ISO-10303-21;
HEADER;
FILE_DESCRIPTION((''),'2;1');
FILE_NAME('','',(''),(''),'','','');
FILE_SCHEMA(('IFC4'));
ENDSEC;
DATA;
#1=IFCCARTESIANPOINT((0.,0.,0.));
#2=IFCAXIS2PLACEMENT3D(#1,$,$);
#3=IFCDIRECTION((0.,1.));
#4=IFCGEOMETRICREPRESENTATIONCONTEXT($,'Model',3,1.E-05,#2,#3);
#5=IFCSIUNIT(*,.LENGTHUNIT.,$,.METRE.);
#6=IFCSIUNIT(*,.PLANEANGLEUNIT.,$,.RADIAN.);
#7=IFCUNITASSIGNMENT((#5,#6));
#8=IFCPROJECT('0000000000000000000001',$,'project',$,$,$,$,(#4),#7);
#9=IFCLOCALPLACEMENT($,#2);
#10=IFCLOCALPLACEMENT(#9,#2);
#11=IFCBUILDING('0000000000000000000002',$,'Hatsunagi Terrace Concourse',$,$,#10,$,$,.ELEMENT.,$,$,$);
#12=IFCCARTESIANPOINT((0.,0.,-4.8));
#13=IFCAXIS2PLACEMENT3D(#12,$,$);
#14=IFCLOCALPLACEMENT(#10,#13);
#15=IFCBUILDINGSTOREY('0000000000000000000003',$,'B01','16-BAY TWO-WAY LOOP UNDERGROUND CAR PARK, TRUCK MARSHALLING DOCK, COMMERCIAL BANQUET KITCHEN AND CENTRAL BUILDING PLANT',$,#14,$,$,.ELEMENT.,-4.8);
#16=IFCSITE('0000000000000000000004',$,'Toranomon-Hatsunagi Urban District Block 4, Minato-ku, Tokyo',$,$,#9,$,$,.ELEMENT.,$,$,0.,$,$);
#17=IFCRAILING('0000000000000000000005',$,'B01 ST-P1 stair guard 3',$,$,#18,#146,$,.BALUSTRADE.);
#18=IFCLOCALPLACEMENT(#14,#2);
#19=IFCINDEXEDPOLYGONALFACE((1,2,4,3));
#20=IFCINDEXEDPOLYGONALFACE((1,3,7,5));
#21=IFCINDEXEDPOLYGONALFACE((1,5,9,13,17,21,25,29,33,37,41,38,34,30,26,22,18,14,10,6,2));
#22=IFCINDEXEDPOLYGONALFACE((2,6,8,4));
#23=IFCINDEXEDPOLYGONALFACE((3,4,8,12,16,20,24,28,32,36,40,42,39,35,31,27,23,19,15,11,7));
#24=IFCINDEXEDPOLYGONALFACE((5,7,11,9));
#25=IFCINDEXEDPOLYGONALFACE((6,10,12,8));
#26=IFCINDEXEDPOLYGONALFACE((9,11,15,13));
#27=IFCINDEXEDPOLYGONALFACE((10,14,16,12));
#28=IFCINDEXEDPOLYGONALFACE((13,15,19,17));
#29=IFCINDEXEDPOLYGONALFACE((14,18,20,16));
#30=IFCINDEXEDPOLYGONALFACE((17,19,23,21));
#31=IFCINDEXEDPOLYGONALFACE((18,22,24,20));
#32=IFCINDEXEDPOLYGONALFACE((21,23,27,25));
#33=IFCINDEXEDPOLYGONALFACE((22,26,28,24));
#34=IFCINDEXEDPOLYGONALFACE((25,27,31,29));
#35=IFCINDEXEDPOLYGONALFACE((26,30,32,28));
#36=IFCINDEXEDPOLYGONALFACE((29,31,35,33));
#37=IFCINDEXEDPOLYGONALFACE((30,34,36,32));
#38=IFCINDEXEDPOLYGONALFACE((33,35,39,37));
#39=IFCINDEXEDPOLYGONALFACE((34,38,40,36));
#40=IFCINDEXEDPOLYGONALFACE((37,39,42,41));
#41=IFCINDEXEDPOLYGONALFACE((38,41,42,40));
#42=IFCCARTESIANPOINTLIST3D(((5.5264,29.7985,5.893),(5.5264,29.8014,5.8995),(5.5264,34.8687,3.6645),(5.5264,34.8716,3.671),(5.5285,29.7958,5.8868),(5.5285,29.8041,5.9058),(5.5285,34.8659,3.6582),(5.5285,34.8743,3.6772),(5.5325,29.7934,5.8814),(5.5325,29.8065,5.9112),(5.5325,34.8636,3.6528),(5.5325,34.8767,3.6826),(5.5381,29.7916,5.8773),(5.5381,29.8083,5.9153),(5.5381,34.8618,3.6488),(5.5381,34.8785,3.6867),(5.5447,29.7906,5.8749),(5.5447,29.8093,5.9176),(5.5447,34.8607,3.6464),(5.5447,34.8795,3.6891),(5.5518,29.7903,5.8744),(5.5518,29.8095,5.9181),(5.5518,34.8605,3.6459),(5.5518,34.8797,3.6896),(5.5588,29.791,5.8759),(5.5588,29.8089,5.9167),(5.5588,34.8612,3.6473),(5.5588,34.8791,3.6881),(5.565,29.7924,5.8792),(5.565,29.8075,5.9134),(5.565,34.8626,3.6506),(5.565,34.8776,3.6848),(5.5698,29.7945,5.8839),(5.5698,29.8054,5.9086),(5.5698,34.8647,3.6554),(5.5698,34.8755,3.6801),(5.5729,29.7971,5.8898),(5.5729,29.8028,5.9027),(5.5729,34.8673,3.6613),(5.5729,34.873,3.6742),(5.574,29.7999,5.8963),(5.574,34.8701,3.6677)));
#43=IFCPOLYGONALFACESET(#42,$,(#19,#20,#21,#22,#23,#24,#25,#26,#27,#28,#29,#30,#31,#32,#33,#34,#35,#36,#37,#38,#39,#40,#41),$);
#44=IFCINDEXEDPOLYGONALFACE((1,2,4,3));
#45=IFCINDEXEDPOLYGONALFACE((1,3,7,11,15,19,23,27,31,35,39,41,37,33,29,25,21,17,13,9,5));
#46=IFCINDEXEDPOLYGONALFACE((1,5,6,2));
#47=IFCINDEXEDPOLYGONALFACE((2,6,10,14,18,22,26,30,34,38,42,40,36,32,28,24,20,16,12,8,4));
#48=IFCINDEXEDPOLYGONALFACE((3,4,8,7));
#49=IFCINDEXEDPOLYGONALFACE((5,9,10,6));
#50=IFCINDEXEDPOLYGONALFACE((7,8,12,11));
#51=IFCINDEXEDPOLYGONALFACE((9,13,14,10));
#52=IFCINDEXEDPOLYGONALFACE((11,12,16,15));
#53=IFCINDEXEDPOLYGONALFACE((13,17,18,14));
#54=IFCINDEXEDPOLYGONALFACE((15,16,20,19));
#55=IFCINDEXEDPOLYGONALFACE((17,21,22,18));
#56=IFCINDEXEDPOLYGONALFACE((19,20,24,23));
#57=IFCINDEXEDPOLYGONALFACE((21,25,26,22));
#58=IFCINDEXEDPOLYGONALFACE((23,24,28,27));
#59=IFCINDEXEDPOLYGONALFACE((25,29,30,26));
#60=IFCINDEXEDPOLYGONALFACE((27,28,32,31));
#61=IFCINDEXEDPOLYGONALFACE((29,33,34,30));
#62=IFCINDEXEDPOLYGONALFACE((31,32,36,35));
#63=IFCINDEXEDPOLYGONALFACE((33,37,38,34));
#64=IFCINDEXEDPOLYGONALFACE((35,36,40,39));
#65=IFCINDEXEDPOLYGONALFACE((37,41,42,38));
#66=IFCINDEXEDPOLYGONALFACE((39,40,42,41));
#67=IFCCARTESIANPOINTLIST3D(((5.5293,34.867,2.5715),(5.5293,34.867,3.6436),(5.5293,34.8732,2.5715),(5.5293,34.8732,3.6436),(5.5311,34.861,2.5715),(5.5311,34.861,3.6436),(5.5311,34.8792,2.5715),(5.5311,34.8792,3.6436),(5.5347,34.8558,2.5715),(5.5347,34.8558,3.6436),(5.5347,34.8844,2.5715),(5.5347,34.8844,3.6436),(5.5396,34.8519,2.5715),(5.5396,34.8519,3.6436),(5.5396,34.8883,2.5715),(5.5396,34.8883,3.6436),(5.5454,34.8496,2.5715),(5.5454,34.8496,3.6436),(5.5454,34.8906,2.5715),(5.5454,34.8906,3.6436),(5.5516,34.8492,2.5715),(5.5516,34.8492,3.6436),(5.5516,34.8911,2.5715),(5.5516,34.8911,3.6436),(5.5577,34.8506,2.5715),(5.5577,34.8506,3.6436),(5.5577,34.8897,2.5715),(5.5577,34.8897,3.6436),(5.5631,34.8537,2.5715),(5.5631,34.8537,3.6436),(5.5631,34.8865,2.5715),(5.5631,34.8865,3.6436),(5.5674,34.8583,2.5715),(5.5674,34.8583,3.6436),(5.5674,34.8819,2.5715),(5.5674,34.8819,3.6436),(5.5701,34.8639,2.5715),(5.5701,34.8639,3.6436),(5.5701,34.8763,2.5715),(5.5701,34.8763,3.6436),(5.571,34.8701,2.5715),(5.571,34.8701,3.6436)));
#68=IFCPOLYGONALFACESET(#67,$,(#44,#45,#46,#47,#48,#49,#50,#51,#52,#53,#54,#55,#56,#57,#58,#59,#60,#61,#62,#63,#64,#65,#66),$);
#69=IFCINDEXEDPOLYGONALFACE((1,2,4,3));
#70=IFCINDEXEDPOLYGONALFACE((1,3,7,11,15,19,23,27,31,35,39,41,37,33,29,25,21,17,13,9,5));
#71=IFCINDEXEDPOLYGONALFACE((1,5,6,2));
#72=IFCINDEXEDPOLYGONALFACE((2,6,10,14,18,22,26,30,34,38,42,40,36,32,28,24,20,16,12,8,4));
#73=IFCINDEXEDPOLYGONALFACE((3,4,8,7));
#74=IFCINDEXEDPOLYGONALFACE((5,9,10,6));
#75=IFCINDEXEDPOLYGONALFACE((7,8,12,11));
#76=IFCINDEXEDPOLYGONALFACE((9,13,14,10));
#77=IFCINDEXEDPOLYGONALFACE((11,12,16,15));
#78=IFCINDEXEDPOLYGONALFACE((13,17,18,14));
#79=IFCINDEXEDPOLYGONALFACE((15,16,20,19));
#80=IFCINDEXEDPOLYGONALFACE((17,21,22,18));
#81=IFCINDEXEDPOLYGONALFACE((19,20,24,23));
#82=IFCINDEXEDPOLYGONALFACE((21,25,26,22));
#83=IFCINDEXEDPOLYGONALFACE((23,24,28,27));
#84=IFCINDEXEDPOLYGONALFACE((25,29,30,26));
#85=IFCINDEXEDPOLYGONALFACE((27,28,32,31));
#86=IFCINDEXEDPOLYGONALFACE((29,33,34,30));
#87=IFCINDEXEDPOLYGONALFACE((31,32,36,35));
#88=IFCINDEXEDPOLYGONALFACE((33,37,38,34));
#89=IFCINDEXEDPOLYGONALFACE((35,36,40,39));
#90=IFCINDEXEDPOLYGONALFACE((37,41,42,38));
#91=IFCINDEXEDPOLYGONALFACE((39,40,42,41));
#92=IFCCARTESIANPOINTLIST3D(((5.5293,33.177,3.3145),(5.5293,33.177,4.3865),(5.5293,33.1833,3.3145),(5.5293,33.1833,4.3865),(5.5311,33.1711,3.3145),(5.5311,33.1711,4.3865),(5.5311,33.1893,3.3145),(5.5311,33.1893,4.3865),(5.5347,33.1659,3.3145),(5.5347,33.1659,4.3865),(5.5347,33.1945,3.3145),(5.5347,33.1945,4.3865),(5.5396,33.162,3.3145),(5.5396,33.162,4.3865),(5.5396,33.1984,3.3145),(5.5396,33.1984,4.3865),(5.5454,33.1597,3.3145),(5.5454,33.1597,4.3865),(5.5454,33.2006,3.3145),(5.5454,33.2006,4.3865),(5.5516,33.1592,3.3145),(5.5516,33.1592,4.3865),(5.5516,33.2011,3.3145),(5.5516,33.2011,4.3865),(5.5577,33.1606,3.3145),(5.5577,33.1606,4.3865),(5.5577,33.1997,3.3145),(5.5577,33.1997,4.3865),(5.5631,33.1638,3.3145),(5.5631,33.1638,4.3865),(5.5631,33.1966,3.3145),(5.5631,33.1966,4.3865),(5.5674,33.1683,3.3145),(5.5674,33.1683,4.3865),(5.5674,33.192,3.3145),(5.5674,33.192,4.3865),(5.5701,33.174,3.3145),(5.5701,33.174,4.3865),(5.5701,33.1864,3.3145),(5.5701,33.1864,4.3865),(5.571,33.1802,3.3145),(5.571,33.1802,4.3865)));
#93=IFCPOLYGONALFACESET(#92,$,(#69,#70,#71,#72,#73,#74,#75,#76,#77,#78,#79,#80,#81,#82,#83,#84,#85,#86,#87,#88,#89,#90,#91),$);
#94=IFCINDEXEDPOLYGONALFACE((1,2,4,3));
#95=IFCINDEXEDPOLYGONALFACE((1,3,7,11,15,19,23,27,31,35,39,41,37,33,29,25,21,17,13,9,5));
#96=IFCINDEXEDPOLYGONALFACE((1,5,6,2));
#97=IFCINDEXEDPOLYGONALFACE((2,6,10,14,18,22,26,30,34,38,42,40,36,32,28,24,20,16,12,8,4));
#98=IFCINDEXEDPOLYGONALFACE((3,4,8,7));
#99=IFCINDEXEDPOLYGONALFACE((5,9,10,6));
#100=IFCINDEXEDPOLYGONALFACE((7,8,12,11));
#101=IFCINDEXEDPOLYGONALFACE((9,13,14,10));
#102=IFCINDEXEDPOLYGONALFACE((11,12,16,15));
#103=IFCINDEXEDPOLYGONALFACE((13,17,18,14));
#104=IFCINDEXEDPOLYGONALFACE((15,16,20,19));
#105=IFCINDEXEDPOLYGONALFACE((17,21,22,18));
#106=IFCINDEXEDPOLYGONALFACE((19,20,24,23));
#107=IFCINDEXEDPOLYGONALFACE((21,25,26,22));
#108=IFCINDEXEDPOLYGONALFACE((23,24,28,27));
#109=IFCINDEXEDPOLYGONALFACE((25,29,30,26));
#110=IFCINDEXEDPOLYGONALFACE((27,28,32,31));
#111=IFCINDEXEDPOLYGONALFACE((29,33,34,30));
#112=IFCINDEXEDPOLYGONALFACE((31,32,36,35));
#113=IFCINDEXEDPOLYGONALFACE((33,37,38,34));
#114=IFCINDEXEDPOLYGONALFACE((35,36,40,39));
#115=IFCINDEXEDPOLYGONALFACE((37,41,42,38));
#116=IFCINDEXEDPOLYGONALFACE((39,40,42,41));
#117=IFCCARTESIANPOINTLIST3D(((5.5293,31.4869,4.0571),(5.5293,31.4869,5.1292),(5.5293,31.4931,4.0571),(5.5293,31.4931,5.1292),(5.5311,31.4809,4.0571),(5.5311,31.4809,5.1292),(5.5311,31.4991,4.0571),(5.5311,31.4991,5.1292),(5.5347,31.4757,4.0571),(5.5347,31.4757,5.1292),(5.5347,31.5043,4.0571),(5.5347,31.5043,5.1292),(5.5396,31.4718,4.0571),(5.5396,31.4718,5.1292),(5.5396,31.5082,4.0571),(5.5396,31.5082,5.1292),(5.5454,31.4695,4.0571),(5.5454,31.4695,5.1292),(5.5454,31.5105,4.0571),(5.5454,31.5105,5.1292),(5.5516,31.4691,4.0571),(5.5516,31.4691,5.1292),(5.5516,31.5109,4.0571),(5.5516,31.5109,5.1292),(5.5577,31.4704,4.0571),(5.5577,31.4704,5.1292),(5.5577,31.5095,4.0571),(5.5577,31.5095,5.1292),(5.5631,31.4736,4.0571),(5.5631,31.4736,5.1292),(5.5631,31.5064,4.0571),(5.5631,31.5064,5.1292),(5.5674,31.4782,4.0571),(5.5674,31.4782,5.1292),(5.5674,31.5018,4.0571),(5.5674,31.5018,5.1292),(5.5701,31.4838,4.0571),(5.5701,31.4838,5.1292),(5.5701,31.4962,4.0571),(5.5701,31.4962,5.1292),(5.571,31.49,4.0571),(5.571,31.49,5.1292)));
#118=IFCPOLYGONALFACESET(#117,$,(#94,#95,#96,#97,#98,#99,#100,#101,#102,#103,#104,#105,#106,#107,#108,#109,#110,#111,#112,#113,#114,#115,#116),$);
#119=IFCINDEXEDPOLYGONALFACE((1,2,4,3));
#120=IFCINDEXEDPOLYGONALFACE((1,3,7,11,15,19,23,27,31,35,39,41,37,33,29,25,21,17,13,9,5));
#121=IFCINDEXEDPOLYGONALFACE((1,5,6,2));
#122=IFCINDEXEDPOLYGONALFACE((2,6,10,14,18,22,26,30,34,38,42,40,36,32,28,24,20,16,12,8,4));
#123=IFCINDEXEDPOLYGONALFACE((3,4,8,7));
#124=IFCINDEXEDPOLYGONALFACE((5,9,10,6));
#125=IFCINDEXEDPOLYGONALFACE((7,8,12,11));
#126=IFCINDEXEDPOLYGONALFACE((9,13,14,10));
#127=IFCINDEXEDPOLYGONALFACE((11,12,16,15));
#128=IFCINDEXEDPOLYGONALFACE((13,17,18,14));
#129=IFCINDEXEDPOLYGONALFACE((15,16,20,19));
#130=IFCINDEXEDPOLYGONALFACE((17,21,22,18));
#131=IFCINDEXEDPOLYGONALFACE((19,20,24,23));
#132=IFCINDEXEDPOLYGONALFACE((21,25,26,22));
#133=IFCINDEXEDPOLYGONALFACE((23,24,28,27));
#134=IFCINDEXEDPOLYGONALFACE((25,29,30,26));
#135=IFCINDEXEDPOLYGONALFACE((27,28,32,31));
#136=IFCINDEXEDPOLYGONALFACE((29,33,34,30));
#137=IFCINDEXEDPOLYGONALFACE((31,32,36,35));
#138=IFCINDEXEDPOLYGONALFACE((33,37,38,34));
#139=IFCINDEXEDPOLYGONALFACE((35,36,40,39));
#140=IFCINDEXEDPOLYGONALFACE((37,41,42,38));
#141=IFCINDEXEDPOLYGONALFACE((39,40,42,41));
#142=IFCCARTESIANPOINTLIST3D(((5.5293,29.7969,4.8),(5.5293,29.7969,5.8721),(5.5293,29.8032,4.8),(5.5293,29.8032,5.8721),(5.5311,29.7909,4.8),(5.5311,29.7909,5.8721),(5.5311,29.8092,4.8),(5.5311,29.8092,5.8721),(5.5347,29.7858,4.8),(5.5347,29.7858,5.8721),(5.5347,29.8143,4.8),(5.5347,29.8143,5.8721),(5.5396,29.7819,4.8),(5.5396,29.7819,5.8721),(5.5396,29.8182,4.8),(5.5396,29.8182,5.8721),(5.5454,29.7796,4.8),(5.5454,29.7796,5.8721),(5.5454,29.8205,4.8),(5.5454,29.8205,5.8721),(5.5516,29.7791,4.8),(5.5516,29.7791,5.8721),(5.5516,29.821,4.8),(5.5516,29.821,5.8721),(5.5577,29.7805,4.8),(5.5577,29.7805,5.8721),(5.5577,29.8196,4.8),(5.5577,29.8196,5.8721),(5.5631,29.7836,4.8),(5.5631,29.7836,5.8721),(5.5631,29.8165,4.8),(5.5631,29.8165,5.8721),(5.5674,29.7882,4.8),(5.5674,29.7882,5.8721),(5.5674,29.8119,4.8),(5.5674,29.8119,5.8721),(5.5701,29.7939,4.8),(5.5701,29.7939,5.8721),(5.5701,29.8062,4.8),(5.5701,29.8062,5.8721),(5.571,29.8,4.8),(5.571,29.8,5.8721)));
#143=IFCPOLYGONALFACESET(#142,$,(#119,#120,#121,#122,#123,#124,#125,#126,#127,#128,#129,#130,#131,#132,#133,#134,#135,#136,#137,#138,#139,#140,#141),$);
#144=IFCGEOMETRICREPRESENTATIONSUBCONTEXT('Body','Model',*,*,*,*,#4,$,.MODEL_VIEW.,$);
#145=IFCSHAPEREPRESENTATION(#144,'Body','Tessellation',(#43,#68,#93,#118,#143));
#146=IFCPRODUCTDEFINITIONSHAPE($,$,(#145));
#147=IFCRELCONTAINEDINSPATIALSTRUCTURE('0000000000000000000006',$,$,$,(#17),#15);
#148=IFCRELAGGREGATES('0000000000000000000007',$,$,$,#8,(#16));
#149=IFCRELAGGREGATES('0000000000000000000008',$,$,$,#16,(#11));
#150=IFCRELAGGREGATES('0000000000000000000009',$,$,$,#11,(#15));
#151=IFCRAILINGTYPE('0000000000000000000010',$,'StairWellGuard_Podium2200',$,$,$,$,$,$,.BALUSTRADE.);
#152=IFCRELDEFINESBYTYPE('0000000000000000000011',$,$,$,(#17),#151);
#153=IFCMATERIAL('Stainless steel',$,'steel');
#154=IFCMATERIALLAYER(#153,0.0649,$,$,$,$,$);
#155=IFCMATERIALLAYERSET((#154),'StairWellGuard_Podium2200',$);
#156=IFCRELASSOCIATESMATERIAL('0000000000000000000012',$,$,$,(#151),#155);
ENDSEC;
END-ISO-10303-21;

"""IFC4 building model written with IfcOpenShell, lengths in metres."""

from ifc_helpers import new_model, si_unit, direction, frame, origin, origin_2d, place, context, subcontext, project, spatial, circle, extrude, material, layer, layer_set, type_object, element, save


model = new_model("IFC4")

# Units and contexts
model_context = context("Model", 3, precision=1e-05, world=origin(), true_north=direction((0.0, 1.0)))
body_context = subcontext(model_context, "Body", "Model", "MODEL_VIEW")
ifc_project = project(units=[si_unit("LENGTHUNIT", "METRE"), si_unit("PLANEANGLEUNIT", "RADIAN")], contexts=[model_context])

# Site, building, storey
site_placement = place(None, origin())
site = spatial("IfcSite", under=ifc_project, at=site_placement, Name="Toranomon-Hatsunagi Urban District Block 4, Minato-ku, Tokyo", CompositionType="ELEMENT", RefElevation=0.0)
building_placement = place(site_placement, origin())
building = spatial("IfcBuilding", under=site, at=building_placement, Name="Hatsunagi Terrace Concourse", CompositionType="ELEMENT")
storey_placement = place(building_placement, frame((0.0, 0.0, -4.8)))
storey = spatial("IfcBuildingStorey", under=building, at=storey_placement, Name="B01", Description="16-BAY TWO-WAY LOOP UNDERGROUND CAR PARK, TRUCK MARSHALLING DOCK, COMMERCIAL BANQUET KITCHEN AND CENTRAL BUILDING PLANT", CompositionType="ELEMENT", Elevation=-4.8)

# Railing
ifc_material_1 = material(Name="Stainless steel", Category="steel")
ifc_layer_1 = layer(ifc_material_1, 0.0649)
ifc_layer_set_1 = layer_set([ifc_layer_1], Name="StairWellGuard_Podium2200")
railing_type_1 = type_object("IfcRailingType", Name="StairWellGuard_Podium2200", PredefinedType="BALUSTRADE", material=ifc_layer_set_1)
railing_1_placement = place(storey_placement, frame((5.55, 34.8701, 2.5715)))
element("IfcRailing", 1, at=railing_1_placement, inside=storey, type_object=railing_type_1, Name="B01 ST-P1 stair guard 3", PredefinedType="BALUSTRADE", context=body_context, shape_type="SweptSolid", body=[
    extrude(circle(Radius=0.0239, at=origin_2d()), frame((0.0, 0.0, 1.0962), z_axis=(0.0, -0.915469, 0.402388), x_axis=(1.0, 0.0, 0.0)), (0.0, 0.0, 1.0), 5.5383),
    extrude(circle(Radius=0.021, at=origin_2d()), origin(), (0.0, 0.0, 1.0), 1.072),
    extrude(circle(Radius=0.021, at=origin_2d()), frame((0.0, -1.6899, 0.7429)), (0.0, 0.0, 1.0), 1.072),
    extrude(circle(Radius=0.021, at=origin_2d()), frame((0.0, -3.3801, 1.4856)), (0.0, 0.0, 1.0), 1.072),
    extrude(circle(Radius=0.021, at=origin_2d()), frame((0.0, -5.0701, 2.2285)), (0.0, 0.0, 1.0), 1.072),
])

save(model, "model.ifc")
